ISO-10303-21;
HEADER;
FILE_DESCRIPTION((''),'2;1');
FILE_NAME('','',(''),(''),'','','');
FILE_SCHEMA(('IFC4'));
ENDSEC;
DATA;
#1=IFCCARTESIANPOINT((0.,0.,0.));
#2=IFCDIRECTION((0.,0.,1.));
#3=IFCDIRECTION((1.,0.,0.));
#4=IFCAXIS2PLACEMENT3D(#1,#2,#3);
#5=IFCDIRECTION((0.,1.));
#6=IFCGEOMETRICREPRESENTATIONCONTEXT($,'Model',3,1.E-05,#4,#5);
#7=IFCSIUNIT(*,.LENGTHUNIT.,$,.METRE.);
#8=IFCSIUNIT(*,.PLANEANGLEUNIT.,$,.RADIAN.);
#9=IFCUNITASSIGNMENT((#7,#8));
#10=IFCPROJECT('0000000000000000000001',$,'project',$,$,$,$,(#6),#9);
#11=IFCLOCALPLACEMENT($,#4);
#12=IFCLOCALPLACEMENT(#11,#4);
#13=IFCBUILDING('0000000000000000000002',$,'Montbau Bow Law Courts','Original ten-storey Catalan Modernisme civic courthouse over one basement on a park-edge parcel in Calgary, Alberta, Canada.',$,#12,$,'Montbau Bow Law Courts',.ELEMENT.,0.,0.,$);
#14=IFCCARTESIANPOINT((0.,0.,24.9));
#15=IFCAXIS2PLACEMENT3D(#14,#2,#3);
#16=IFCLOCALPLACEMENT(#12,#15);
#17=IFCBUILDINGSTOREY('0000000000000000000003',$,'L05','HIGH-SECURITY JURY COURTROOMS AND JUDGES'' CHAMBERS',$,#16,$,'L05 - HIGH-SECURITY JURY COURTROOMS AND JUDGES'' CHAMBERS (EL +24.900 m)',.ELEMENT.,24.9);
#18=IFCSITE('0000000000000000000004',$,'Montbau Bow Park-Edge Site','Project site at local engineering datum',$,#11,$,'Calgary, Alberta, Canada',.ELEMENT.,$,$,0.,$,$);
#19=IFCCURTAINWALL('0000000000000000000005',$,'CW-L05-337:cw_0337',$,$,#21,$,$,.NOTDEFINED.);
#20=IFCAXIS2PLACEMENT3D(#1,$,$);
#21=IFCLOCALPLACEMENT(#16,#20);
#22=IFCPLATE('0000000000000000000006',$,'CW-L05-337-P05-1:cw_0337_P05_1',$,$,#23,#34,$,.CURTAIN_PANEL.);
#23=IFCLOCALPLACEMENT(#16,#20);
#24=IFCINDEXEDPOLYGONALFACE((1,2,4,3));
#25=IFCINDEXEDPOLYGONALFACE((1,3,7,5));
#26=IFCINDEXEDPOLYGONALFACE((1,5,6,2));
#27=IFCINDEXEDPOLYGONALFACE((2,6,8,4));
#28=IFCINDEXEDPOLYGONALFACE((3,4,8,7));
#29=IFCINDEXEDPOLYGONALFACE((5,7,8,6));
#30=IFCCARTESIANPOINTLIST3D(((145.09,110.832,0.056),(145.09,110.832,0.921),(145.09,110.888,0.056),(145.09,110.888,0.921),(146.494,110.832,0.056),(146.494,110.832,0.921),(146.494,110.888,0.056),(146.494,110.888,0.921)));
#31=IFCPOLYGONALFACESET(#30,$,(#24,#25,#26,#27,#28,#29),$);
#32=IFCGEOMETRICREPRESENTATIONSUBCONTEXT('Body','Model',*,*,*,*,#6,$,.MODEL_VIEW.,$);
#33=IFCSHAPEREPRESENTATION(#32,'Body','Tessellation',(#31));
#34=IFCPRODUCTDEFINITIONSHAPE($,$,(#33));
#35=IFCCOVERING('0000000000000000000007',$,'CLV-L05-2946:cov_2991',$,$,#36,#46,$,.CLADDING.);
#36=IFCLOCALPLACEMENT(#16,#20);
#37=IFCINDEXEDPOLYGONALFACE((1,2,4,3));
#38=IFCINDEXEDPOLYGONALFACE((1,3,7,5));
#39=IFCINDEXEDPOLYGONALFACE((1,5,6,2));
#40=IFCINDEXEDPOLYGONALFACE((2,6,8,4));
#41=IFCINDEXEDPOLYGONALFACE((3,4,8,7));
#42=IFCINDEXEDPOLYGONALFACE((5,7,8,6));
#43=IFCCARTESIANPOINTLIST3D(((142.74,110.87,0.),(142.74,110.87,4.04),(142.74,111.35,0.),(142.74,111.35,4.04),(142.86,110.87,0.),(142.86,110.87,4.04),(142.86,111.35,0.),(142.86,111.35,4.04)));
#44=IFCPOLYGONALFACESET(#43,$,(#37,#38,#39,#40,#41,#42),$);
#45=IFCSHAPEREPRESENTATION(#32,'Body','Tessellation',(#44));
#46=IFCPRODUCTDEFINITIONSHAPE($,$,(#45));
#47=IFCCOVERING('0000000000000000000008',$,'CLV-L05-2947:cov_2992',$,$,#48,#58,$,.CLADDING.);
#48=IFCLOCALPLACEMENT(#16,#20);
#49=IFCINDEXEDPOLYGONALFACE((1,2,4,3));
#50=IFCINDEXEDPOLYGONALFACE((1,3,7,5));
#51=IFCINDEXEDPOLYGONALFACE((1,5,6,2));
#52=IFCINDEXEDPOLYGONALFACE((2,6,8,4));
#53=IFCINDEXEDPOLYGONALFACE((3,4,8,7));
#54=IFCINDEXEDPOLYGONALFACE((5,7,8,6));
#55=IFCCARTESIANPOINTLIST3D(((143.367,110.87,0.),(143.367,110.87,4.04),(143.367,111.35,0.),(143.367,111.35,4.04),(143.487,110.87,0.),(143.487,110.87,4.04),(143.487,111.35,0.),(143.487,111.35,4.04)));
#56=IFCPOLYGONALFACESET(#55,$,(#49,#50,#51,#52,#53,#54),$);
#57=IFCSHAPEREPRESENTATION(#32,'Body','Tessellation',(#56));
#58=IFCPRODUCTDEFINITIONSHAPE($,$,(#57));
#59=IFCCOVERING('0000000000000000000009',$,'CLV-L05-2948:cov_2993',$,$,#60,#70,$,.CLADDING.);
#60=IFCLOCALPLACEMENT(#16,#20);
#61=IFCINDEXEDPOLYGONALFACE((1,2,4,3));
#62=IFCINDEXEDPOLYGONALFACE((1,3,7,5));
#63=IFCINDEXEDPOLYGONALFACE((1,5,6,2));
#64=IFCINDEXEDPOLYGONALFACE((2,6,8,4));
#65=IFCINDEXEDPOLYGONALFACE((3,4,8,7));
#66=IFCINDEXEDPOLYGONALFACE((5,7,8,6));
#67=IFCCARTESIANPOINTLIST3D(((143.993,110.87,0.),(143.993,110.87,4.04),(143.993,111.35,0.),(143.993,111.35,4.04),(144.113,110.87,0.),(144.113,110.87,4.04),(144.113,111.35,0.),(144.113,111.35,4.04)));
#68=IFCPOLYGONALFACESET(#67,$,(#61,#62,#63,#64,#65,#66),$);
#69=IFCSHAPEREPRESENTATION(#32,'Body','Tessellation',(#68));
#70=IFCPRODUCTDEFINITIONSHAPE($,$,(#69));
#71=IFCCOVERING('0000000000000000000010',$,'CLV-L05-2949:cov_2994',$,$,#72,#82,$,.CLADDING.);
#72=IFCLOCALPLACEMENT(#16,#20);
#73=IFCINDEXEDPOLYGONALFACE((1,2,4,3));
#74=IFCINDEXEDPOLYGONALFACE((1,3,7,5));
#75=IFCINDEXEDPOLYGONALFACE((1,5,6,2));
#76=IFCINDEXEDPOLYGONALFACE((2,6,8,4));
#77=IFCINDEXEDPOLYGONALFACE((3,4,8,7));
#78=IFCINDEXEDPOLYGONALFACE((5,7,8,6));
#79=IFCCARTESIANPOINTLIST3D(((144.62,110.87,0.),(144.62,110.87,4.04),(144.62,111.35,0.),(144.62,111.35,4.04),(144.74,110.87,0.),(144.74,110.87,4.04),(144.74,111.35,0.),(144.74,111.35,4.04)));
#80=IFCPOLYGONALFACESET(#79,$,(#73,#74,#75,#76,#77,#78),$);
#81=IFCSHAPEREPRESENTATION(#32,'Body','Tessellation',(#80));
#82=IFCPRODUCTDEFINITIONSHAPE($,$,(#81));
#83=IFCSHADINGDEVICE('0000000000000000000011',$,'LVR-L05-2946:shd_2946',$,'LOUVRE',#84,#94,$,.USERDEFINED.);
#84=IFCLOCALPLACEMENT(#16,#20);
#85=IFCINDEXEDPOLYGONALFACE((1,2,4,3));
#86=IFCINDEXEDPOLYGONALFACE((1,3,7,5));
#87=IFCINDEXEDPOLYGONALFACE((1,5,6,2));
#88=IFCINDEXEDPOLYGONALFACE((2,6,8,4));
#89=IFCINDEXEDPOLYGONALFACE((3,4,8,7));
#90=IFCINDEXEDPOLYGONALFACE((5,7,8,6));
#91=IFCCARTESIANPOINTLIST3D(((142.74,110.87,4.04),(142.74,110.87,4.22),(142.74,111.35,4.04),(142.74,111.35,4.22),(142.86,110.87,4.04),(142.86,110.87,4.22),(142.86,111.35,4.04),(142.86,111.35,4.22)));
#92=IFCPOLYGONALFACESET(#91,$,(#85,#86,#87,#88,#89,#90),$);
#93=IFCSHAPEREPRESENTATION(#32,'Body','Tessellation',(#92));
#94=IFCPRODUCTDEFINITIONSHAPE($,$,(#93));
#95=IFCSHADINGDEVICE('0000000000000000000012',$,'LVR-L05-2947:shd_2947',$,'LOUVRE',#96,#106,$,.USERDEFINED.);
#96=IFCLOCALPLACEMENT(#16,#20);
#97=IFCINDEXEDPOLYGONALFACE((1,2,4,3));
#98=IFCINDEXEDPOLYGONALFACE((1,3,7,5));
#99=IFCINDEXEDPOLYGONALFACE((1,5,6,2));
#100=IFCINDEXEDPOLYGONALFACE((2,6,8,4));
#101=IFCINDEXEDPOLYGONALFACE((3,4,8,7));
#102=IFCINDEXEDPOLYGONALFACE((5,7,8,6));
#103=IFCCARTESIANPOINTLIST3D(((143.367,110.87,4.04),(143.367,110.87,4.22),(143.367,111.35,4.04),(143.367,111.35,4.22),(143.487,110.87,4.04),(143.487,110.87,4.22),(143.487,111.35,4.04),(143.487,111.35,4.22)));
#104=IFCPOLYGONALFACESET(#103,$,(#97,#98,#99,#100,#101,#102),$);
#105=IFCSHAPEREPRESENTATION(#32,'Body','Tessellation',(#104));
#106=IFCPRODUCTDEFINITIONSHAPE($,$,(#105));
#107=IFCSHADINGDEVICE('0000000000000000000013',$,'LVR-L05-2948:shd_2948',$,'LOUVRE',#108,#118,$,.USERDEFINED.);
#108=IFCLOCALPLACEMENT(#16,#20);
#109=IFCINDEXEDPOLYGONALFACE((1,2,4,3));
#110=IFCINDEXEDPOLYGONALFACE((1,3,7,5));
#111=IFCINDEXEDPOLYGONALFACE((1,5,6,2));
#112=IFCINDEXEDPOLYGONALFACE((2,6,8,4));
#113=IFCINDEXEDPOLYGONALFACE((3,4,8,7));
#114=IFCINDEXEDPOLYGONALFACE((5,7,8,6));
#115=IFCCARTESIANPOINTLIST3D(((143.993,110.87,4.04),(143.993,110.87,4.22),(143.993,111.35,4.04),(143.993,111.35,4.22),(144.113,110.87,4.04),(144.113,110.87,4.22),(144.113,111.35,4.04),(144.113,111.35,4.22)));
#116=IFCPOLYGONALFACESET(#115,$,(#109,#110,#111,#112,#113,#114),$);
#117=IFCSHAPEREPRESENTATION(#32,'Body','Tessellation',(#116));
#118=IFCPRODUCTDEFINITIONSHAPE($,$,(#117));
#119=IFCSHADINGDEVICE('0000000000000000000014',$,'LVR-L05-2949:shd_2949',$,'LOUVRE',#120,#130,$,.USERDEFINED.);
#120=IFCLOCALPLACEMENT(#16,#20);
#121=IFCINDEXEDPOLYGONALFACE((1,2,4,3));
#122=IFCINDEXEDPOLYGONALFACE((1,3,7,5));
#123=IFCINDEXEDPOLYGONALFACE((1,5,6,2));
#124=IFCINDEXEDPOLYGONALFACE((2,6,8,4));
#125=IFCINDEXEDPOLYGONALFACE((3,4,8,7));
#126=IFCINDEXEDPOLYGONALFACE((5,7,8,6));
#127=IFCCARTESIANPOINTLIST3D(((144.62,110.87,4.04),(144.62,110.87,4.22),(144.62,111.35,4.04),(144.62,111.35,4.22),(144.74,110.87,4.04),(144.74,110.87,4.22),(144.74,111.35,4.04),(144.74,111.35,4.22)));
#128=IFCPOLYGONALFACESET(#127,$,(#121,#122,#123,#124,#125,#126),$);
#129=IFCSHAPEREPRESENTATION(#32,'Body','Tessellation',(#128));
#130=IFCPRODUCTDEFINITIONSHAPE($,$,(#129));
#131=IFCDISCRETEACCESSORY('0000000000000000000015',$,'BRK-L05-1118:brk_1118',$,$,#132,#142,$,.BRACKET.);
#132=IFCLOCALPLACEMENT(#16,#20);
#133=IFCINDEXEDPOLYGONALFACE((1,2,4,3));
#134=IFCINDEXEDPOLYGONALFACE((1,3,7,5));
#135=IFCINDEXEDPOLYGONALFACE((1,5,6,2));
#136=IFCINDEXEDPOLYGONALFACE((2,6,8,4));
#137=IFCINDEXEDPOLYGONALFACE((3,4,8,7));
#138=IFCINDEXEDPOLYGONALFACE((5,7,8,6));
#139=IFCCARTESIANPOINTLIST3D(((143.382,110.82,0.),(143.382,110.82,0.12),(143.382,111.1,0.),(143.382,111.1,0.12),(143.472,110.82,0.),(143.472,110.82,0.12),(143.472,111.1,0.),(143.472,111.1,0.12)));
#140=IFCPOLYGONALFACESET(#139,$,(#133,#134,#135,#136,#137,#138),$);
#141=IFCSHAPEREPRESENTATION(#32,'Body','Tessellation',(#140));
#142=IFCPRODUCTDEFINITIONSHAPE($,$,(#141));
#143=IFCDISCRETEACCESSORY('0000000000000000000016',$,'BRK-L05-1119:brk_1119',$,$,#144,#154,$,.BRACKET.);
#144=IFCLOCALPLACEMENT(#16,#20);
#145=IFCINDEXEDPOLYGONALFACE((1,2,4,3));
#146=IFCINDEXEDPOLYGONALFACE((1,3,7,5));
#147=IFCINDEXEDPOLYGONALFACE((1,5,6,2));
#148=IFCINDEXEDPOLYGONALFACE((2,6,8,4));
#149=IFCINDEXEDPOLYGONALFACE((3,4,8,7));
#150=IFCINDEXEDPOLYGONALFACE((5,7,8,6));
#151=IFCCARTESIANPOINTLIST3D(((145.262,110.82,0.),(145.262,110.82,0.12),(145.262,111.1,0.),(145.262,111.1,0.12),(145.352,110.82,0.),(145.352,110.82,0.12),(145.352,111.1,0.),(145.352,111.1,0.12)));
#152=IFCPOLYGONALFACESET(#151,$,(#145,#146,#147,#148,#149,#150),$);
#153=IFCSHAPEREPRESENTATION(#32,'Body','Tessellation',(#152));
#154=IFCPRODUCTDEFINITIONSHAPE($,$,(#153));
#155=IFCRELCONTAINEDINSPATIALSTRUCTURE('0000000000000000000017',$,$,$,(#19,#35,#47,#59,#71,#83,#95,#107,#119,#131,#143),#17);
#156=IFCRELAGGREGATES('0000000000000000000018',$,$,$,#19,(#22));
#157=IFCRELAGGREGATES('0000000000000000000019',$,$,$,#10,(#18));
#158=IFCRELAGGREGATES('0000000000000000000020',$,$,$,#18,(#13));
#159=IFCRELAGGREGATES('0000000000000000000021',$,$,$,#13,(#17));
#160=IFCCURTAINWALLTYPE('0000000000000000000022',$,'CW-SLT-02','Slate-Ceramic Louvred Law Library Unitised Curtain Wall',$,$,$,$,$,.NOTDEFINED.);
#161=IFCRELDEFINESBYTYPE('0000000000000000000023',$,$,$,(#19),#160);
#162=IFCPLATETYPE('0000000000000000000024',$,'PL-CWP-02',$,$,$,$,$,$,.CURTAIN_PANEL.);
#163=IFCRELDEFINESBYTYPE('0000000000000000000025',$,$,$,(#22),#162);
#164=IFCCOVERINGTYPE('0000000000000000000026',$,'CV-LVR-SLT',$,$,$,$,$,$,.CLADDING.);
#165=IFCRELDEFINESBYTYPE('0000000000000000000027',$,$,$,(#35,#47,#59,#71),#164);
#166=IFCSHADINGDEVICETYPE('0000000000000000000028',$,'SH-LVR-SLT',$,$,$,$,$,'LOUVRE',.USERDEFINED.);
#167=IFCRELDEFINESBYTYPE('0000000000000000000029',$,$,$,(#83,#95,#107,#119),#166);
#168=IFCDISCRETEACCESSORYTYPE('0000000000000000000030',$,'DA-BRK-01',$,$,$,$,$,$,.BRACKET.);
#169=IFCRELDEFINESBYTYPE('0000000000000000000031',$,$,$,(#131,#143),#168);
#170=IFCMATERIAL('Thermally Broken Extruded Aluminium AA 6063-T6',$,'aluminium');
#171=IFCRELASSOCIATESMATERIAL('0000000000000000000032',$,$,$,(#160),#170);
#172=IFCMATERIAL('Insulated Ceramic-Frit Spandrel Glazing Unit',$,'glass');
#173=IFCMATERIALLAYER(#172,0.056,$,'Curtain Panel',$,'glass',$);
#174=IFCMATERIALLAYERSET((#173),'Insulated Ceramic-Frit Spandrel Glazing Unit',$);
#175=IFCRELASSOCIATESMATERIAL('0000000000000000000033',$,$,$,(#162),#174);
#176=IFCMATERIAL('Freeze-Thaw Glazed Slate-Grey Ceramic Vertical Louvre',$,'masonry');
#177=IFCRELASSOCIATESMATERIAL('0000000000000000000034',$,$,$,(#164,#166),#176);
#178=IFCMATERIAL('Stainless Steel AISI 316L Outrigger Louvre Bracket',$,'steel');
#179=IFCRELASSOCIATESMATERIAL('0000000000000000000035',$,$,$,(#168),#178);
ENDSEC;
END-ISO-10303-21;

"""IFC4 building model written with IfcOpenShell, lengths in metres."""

from ifc_helpers import new_model, si_unit, direction, frame, frame_2d, origin_with_axes, origin_2d_with_axis, place, context, subcontext, project, spatial, rectangle, extrude, material, layer, layer_set, type_object, element, aggregate, save


model = new_model("IFC4")

# Units and contexts
model_context = context("Model", 3, precision=1e-05, world=origin_with_axes(), true_north=direction((0.0, 1.0)))
body_context = subcontext(model_context, "Body", "Model", "MODEL_VIEW")
ifc_project = project(units=[si_unit("LENGTHUNIT", "METRE"), si_unit("PLANEANGLEUNIT", "RADIAN")], contexts=[model_context])

# Site, building, storey
site_placement = place(None, origin_with_axes())
site = spatial("IfcSite", under=ifc_project, at=site_placement, Name="Montbau Bow Park-Edge Site", Description="Project site at local engineering datum", LongName="Calgary, Alberta, Canada", CompositionType="ELEMENT", RefElevation=0.0)
building_placement = place(site_placement, origin_with_axes())
building = spatial("IfcBuilding", under=site, at=building_placement, Name="Montbau Bow Law Courts", Description="Original ten-storey Catalan Modernisme civic courthouse over one basement on a park-edge parcel in Calgary, Alberta, Canada.", LongName="Montbau Bow Law Courts", CompositionType="ELEMENT", ElevationOfRefHeight=0.0, ElevationOfTerrain=0.0)
storey_placement = place(building_placement, frame((0.0, 0.0, 24.9), z_axis=(0.0, 0.0, 1.0), x_axis=(1.0, 0.0, 0.0)))
storey = spatial("IfcBuildingStorey", under=building, at=storey_placement, Name="L05", Description="HIGH-SECURITY JURY COURTROOMS AND JUDGES' CHAMBERS", LongName="L05 - HIGH-SECURITY JURY COURTROOMS AND JUDGES' CHAMBERS (EL +24.900 m)", CompositionType="ELEMENT", Elevation=24.9)

# Curtain wall, plate
ifc_material_1 = material(Name="Thermally Broken Extruded Aluminium AA 6063-T6", Category="aluminium")
curtain_wall_type = type_object("IfcCurtainWallType", Name="CW-SLT-02", Description="Slate-Ceramic Louvred Law Library Unitised Curtain Wall", PredefinedType="NOTDEFINED", material=ifc_material_1)
curtain_wall_placement = place(None, frame((139.04, 110.86, 24.9), z_axis=(0.0, 0.0, 1.0), x_axis=(1.0, 0.0, 0.0)))
curtain_wall = element("IfcCurtainWall", 1, at=curtain_wall_placement, inside=storey, type_object=curtain_wall_type, Name="CW-L05-337:cw_0337", PredefinedType="NOTDEFINED")
ifc_material_2 = material(Name="Insulated Ceramic-Frit Spandrel Glazing Unit", Category="glass")
ifc_layer_1 = layer(ifc_material_2, 0.056, Name="Curtain Panel", Category="glass")
ifc_layer_set_1 = layer_set([ifc_layer_1], Name="Insulated Ceramic-Frit Spandrel Glazing Unit")
plate_type_1 = type_object("IfcPlateType", Name="PL-CWP-02", PredefinedType="CURTAIN_PANEL", material=ifc_layer_set_1)
plate_1_placement = place(None, frame((145.09, 110.86, 24.956), z_axis=(0.0, -1.0, 0.0), x_axis=(1.0, 0.0, 0.0)))
plate_1 = element("IfcPlate", 2, at=plate_1_placement, type_object=plate_type_1, Name="CW-L05-337-P05-1:cw_0337_P05_1", PredefinedType="CURTAIN_PANEL", context=body_context, shape_type="SweptSolid", body=[
    extrude(rectangle(XDim=1.404, YDim=0.865, at=frame_2d((0.702, 0.4325), x_axis=(1.0, 0.0))), frame((0.0, 0.0, -0.028), z_axis=(0.0, 0.0, 1.0), x_axis=(1.0, 0.0, 0.0)), (0.0, 0.0, 1.0), 0.056),
])
aggregate(curtain_wall, [plate_1])

# Coverings
ifc_material_3 = material(Name="Freeze-Thaw Glazed Slate-Grey Ceramic Vertical Louvre", Category="masonry")
covering_type = type_object("IfcCoveringType", Name="CV-LVR-SLT", PredefinedType="CLADDING", material=ifc_material_3)
for number, where, z_axis, x_axis, name in (
    (3, (142.8, 110.87, 24.9), (1.0, 0.0, 0.0), (0.0, 1.0, 0.0), "CLV-L05-2946:cov_2991"),
    (4, (143.427, 110.87, 24.9), (1.0, 0.0, 0.0), (0.0, 1.0, 0.0), "CLV-L05-2947:cov_2992"),
    (5, (144.053, 110.87, 24.9), (1.0, 0.0, 0.0), (0.0, 1.0, 0.0), "CLV-L05-2948:cov_2993"),
    (6, (144.68, 110.87, 24.9), (1.0, 0.0, 0.0), (0.0, 1.0, 0.0), "CLV-L05-2949:cov_2994"),
):
    element("IfcCovering", number, at=place(None, frame(where, z_axis=z_axis, x_axis=x_axis)), inside=storey, type_object=covering_type, Name=name, PredefinedType="CLADDING", context=body_context, shape_type="SweptSolid", body=[
        extrude(rectangle(XDim=0.48, YDim=4.04, at=frame_2d((0.24, 2.02), x_axis=(1.0, 0.0))), frame((0.0, 0.0, -0.06), z_axis=(0.0, 0.0, 1.0), x_axis=(1.0, 0.0, 0.0)), (0.0, 0.0, 1.0), 0.12),
    ])

# Shading devices
shading_device_type = type_object("IfcShadingDeviceType", Name="SH-LVR-SLT", ElementType="LOUVRE", PredefinedType="USERDEFINED", material=ifc_material_3)
for number, where, z_axis, x_axis, name in (
    (7, (142.8, 111.11, 28.94), (0.0, 0.0, 1.0), (0.0, 1.0, 0.0), "LVR-L05-2946:shd_2946"),
    (8, (143.427, 111.11, 28.94), (0.0, 0.0, 1.0), (0.0, 1.0, 0.0), "LVR-L05-2947:shd_2947"),
    (9, (144.053, 111.11, 28.94), (0.0, 0.0, 1.0), (0.0, 1.0, 0.0), "LVR-L05-2948:shd_2948"),
    (10, (144.68, 111.11, 28.94), (0.0, 0.0, 1.0), (0.0, 1.0, 0.0), "LVR-L05-2949:shd_2949"),
):
    element("IfcShadingDevice", number, at=place(None, frame(where, z_axis=z_axis, x_axis=x_axis)), inside=storey, type_object=shading_device_type, Name=name, ObjectType="LOUVRE", PredefinedType="USERDEFINED", context=body_context, shape_type="SweptSolid", body=[
        extrude(rectangle(XDim=0.48, YDim=0.12, at=origin_2d_with_axis()), origin_with_axes(), (0.0, 0.0, 1.0), 0.18),
    ])

# Discrete accessories
ifc_material_4 = material(Name="Stainless Steel AISI 316L Outrigger Louvre Bracket", Category="steel")
discrete_accessory_type = type_object("IfcDiscreteAccessoryType", Name="DA-BRK-01", PredefinedType="BRACKET", material=ifc_material_4)
for number, where, z_axis, x_axis, name in (
    (11, (143.427, 110.96, 24.9), (0.0, 0.0, 1.0), (0.0, 1.0, 0.0), "BRK-L05-1118:brk_1118"),
    (12, (145.307, 110.96, 24.9), (0.0, 0.0, 1.0), (0.0, 1.0, 0.0), "BRK-L05-1119:brk_1119"),
):
    element("IfcDiscreteAccessory", number, at=place(None, frame(where, z_axis=z_axis, x_axis=x_axis)), inside=storey, type_object=discrete_accessory_type, Name=name, PredefinedType="BRACKET", context=body_context, shape_type="SweptSolid", body=[
        extrude(rectangle(XDim=0.28, YDim=0.09, at=origin_2d_with_axis()), origin_with_axes(), (0.0, 0.0, 1.0), 0.12),
    ])

save(model, "model.ifc")
